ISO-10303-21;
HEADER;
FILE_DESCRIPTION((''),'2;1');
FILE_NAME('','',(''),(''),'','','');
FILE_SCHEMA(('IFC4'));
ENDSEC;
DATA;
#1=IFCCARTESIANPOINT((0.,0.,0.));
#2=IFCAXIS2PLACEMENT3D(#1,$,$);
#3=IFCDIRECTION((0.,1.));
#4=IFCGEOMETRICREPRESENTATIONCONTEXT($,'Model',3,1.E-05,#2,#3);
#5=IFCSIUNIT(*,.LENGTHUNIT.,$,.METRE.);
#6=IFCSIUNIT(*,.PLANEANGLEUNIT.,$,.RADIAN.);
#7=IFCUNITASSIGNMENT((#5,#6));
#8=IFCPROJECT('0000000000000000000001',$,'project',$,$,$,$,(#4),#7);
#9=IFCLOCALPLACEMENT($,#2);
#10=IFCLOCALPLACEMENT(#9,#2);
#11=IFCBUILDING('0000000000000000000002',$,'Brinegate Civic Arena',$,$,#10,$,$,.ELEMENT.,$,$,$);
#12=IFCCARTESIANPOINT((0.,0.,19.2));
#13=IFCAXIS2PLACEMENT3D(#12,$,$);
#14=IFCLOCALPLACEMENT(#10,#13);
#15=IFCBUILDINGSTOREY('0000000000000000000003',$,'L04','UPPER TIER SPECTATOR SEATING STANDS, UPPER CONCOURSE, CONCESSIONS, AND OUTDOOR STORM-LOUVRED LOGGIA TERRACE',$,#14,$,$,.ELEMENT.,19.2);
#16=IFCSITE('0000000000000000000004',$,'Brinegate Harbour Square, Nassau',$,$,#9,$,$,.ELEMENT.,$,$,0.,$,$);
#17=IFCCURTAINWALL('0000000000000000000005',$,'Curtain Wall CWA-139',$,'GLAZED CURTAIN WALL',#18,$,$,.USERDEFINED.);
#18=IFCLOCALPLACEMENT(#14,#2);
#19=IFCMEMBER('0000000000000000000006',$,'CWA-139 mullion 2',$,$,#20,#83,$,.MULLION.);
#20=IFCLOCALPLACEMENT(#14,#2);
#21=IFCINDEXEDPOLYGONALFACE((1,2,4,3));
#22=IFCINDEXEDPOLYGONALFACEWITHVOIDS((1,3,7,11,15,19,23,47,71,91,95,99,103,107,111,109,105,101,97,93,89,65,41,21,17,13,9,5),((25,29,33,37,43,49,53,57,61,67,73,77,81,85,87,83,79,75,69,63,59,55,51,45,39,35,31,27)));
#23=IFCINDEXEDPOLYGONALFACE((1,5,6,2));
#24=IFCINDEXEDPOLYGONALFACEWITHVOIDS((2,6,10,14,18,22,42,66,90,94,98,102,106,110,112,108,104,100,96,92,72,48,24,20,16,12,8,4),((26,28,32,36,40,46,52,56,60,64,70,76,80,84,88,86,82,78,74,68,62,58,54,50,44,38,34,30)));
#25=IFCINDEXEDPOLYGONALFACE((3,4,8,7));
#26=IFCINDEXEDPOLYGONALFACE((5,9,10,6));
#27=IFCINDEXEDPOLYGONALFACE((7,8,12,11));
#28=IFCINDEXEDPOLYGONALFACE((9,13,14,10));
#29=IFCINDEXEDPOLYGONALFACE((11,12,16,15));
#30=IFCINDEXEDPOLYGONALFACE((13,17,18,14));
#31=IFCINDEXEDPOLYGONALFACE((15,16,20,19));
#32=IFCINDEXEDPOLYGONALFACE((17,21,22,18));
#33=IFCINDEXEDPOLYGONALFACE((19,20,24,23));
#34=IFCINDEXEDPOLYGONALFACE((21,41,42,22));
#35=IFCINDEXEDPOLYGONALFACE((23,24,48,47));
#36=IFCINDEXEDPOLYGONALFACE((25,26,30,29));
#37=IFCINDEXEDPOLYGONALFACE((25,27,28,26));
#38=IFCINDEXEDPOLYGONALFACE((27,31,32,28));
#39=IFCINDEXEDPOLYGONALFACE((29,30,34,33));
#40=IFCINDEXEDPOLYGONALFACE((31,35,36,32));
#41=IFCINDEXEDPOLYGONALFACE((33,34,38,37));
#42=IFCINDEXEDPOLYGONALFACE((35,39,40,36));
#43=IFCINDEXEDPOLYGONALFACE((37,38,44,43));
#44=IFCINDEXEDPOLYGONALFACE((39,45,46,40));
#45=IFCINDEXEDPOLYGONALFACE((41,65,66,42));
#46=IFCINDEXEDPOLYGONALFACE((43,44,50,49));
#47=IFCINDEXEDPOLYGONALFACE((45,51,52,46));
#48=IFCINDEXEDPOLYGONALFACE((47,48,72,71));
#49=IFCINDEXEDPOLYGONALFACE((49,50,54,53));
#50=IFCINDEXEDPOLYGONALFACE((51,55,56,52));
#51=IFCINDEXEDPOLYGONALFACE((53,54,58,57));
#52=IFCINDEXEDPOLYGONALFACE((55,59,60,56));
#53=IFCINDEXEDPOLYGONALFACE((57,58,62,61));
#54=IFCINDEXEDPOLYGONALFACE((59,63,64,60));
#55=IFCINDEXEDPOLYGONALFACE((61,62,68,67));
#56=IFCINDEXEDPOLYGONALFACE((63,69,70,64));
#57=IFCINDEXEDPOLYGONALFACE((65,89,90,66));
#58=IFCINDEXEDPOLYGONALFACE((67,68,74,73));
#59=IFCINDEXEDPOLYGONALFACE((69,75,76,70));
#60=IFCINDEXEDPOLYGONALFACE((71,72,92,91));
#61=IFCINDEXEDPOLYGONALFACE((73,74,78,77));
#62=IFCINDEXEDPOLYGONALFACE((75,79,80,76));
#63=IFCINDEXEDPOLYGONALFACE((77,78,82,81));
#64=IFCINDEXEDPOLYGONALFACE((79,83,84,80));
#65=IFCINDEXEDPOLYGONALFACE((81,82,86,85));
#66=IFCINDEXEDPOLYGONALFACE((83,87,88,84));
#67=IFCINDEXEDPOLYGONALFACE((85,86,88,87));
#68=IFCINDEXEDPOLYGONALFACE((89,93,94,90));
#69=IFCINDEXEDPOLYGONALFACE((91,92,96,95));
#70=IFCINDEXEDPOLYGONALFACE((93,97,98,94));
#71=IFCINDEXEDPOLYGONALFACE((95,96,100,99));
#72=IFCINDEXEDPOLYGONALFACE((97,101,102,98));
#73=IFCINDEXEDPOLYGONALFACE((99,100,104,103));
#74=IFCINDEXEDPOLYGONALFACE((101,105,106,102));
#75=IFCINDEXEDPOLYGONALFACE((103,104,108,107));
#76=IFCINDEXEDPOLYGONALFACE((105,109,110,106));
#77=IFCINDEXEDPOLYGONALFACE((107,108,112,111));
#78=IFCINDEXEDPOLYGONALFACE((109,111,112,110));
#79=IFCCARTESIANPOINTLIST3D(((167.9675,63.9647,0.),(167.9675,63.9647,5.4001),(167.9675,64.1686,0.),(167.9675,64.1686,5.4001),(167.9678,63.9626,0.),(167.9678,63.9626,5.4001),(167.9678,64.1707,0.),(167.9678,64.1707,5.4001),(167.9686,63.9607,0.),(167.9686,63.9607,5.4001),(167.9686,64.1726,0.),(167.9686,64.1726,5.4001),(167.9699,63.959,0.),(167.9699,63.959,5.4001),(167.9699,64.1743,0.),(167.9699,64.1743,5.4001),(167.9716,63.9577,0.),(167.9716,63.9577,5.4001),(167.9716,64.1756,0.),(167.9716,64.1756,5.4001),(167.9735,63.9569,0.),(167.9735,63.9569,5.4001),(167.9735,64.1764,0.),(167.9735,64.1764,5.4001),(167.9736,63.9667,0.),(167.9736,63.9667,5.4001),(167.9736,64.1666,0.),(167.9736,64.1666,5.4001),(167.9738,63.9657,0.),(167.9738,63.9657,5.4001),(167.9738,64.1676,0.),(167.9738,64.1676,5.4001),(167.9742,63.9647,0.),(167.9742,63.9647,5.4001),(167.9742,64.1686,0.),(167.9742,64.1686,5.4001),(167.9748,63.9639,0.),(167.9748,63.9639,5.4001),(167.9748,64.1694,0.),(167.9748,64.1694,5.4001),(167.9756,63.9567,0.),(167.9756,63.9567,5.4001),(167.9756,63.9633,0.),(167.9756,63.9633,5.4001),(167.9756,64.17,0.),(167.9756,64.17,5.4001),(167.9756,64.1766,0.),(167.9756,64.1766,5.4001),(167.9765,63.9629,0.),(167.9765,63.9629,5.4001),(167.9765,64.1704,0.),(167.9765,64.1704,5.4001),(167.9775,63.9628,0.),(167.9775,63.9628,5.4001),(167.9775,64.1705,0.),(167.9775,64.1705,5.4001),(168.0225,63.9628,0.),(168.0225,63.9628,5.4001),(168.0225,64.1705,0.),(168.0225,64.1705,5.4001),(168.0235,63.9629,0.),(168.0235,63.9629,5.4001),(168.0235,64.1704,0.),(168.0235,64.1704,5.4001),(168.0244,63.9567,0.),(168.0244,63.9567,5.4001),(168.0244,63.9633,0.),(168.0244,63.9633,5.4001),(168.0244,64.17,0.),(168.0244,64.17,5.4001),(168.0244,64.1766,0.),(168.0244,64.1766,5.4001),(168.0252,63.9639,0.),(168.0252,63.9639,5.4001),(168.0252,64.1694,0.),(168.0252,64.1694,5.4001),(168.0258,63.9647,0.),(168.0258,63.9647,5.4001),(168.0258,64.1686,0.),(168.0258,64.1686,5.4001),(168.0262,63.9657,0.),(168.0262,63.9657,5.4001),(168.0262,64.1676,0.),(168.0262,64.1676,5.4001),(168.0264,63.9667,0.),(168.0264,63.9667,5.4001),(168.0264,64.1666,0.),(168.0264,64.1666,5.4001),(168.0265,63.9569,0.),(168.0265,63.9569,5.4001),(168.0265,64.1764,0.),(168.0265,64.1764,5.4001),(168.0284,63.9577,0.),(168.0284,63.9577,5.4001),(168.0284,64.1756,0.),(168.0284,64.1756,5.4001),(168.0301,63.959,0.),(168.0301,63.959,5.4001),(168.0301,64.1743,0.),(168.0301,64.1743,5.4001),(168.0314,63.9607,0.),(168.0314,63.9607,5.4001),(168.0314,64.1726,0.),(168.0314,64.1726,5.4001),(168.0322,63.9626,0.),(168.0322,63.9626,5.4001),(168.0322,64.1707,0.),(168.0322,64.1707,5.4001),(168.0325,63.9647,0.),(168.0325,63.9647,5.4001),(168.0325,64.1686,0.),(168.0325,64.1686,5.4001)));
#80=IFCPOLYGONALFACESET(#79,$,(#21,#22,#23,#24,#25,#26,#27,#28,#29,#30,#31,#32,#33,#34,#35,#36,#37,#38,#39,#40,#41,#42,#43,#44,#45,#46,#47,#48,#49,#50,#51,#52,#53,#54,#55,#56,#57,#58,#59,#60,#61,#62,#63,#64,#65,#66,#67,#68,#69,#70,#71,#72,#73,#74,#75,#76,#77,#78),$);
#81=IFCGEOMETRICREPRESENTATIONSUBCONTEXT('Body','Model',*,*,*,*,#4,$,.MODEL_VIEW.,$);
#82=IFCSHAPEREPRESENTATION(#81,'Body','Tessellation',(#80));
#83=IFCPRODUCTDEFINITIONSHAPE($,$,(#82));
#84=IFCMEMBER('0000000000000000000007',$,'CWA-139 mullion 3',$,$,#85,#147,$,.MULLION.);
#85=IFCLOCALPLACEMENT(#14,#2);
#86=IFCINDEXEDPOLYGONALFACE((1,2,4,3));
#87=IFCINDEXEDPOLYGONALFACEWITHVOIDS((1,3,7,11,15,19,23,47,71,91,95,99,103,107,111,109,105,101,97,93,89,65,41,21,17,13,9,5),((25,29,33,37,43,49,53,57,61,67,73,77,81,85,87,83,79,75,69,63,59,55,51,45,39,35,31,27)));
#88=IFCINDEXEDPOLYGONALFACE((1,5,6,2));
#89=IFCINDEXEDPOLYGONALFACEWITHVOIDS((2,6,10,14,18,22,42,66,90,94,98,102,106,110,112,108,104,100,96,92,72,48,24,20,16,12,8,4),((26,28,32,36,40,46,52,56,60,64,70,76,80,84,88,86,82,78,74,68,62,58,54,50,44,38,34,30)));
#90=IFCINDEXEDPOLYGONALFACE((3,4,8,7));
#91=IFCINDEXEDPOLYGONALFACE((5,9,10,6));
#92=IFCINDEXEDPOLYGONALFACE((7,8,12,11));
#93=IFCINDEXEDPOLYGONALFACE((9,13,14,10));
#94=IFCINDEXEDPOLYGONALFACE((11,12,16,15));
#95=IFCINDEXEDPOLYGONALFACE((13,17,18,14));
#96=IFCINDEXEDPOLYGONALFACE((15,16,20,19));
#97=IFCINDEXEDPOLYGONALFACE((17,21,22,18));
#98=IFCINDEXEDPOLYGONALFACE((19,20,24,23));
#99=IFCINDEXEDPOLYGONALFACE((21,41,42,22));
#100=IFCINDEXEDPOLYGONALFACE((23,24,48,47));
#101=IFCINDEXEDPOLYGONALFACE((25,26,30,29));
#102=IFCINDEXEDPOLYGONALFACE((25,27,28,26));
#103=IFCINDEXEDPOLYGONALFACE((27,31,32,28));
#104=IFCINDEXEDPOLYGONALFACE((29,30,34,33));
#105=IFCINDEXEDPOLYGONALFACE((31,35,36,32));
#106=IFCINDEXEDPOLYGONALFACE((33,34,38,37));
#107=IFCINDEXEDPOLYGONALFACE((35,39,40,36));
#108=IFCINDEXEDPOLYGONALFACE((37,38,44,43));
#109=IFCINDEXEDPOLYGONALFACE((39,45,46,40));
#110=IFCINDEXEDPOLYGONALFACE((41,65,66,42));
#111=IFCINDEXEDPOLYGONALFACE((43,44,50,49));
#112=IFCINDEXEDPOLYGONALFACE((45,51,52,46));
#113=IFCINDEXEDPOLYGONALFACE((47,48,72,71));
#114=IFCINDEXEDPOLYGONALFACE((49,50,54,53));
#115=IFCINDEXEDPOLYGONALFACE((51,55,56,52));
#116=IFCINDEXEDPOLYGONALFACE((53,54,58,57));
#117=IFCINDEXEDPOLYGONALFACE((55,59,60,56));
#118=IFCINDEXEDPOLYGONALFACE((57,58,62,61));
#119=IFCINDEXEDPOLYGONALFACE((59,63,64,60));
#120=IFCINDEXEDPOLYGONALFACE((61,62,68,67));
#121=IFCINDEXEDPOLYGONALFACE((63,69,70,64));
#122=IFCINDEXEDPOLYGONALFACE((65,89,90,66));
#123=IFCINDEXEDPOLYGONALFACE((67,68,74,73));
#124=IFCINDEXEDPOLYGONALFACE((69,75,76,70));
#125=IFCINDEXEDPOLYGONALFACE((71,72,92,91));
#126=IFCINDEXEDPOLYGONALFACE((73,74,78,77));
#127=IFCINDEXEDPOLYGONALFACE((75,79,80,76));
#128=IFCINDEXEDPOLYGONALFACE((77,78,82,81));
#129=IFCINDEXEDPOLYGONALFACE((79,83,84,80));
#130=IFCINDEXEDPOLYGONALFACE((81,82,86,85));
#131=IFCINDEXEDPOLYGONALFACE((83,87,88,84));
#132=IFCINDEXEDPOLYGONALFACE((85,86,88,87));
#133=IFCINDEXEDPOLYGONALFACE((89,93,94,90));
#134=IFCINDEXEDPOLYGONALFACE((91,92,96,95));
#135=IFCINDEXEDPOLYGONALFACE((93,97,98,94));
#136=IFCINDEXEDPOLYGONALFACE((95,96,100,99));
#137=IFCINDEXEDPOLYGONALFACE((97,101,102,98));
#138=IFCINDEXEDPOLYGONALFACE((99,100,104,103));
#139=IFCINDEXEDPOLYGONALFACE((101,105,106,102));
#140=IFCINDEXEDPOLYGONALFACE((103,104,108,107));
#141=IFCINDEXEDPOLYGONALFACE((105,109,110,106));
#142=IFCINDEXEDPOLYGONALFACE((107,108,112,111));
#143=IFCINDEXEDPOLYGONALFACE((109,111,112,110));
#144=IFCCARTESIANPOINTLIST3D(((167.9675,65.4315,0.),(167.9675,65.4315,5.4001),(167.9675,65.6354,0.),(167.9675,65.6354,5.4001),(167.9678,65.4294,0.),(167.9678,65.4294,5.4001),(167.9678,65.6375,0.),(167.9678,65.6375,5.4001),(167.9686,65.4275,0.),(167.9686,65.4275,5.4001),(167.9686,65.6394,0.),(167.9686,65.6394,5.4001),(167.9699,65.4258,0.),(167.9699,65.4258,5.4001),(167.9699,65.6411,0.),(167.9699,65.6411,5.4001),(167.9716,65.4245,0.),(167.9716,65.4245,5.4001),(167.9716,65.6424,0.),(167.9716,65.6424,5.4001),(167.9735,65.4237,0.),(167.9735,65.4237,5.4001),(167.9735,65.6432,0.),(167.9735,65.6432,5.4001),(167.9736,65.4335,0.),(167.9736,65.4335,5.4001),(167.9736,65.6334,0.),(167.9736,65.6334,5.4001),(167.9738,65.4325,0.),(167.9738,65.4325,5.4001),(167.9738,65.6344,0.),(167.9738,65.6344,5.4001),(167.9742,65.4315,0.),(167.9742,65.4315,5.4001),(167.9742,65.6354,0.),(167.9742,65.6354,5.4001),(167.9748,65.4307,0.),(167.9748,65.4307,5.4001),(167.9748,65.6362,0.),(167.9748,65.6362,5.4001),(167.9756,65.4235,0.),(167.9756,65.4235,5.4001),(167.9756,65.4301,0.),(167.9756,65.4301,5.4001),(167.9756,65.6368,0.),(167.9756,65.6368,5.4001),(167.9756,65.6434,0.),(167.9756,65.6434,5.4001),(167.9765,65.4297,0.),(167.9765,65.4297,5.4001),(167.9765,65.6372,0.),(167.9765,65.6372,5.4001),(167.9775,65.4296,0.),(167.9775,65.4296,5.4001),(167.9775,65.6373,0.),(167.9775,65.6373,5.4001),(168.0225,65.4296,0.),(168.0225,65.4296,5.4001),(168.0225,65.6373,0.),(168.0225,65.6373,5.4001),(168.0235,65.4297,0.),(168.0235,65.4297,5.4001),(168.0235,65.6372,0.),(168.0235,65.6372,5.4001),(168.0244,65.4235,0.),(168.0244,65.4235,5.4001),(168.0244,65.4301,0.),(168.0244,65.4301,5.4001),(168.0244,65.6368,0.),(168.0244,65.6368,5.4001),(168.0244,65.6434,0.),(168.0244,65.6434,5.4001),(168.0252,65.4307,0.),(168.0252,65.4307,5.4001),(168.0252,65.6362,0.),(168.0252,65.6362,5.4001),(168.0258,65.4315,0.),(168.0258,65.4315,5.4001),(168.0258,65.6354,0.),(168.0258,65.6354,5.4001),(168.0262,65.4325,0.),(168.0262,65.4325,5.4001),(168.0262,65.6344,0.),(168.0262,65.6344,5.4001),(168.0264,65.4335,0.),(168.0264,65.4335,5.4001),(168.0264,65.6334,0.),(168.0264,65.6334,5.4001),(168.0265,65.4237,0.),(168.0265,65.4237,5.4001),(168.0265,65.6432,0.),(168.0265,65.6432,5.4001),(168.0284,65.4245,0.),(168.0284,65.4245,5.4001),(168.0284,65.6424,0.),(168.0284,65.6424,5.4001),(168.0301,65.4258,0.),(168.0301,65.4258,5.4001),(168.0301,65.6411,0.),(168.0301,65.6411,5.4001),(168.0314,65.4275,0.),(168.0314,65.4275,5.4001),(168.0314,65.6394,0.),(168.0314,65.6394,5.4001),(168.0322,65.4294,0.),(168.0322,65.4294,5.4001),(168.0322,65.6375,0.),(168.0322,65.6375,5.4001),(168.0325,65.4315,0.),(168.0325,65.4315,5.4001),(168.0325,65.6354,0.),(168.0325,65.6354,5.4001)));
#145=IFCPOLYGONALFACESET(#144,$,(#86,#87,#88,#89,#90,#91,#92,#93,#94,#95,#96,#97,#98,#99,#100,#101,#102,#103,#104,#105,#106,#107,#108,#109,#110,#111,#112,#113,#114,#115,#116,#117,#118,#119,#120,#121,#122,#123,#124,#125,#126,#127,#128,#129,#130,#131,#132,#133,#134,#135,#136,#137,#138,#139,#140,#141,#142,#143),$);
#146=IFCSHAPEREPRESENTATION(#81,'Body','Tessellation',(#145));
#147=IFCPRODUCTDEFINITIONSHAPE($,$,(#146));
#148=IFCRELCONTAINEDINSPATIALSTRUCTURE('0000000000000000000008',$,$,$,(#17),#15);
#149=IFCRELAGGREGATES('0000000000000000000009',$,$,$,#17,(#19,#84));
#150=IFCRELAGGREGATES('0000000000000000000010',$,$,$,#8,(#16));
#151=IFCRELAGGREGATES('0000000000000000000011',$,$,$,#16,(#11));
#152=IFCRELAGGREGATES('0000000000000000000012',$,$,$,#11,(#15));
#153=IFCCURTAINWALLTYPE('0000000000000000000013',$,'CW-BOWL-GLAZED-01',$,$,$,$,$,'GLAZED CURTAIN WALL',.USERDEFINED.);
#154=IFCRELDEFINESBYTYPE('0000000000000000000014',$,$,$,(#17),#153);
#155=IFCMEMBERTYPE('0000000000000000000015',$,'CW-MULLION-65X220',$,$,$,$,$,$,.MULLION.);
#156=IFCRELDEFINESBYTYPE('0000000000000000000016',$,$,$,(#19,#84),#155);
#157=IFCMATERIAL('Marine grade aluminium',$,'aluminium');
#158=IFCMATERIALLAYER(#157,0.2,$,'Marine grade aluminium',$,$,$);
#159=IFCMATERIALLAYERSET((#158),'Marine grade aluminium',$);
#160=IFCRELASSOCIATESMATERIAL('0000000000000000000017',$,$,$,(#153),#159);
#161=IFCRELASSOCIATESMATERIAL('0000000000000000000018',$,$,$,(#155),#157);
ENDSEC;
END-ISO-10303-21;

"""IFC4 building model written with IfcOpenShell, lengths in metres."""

from ifc_helpers import new_model, si_unit, direction, frame, origin, origin_2d, place, context, subcontext, project, spatial, hollow_rectangle, extrude, material, layer, layer_set, material_profile, profile_set, type_object, element, aggregate, save


model = new_model("IFC4")

# Units and contexts
model_context = context("Model", 3, precision=1e-05, world=origin(), true_north=direction((0.0, 1.0)))
body_context = subcontext(model_context, "Body", "Model", "MODEL_VIEW")
ifc_project = project(units=[si_unit("LENGTHUNIT", "METRE"), si_unit("PLANEANGLEUNIT", "RADIAN")], contexts=[model_context])

# Site, building, storey
site_placement = place(None, origin())
site = spatial("IfcSite", under=ifc_project, at=site_placement, Name="Brinegate Harbour Square, Nassau", CompositionType="ELEMENT", RefElevation=0.0)
building_placement = place(site_placement, origin())
building = spatial("IfcBuilding", under=site, at=building_placement, Name="Brinegate Civic Arena", CompositionType="ELEMENT")
storey_placement = place(building_placement, frame((0.0, 0.0, 19.2)))
storey = spatial("IfcBuildingStorey", under=building, at=storey_placement, Name="L04", Description="UPPER TIER SPECTATOR SEATING STANDS, UPPER CONCOURSE, CONCESSIONS, AND OUTDOOR STORM-LOUVRED LOGGIA TERRACE", CompositionType="ELEMENT", Elevation=19.2)

# Shared definitions
ifc_material_1 = material(Name="Marine grade aluminium", Category="aluminium")
ifc_layer_1 = layer(ifc_material_1, 0.2, Name="Marine grade aluminium")
ifc_layer_set_1 = layer_set([ifc_layer_1], Name="Marine grade aluminium")
curtain_wall_type = type_object("IfcCurtainWallType", Name="CW-BOWL-GLAZED-01", ElementType="GLAZED CURTAIN WALL", PredefinedType="USERDEFINED", material=ifc_layer_set_1)

# Curtain wall, members
curtain_wall_1_placement = place(storey_placement, origin())
curtain_wall_1 = element("IfcCurtainWall", 1, at=curtain_wall_1_placement, inside=storey, type_object=curtain_wall_type, Name="Curtain Wall CWA-139", ObjectType="GLAZED CURTAIN WALL", PredefinedType="USERDEFINED")
ifc_material_profile_1 = material_profile(ifc_material_1, hollow_rectangle(XDim=0.0649, YDim=0.22, WallThickness=0.0061, InnerFilletRadius=0.0039, OuterFilletRadius=0.0081, at=origin_2d()), Name="MUL65X220")
ifc_profile_set_1 = profile_set([ifc_material_profile_1], Name="Marine grade aluminium")
member_type_1 = type_object("IfcMemberType", Name="CW-MULLION-65X220", PredefinedType="MULLION", material=ifc_profile_set_1)
member_1_placement = place(storey_placement, frame((168.0, 64.0667, 0.0), z_axis=(0.0, 0.0, 1.0), x_axis=(-1.0, 0.0, 0.0)))
member_1 = element("IfcMember", 2, at=member_1_placement, type_object=member_type_1, Name="CWA-139 mullion 2", PredefinedType="MULLION", context=body_context, shape_type="SweptSolid", body=[
    extrude(hollow_rectangle(XDim=0.0649, YDim=0.22, WallThickness=0.0061, InnerFilletRadius=0.0039, OuterFilletRadius=0.0081, at=origin_2d()), origin(), (0.0, 0.0, 1.0), 5.4001),
])
member_2_placement = place(storey_placement, frame((168.0, 65.5334, 0.0), z_axis=(0.0, 0.0, 1.0), x_axis=(-1.0, 0.0, 0.0)))
member_2 = element("IfcMember", 3, at=member_2_placement, type_object=member_type_1, Name="CWA-139 mullion 3", PredefinedType="MULLION", context=body_context, shape_type="SweptSolid", body=[
    extrude(hollow_rectangle(XDim=0.0649, YDim=0.22, WallThickness=0.0061, InnerFilletRadius=0.0039, OuterFilletRadius=0.0081, at=origin_2d()), origin(), (0.0, 0.0, 1.0), 5.4001),
])

aggregate(curtain_wall_1, [member_1, member_2])

save(model, "model.ifc")
